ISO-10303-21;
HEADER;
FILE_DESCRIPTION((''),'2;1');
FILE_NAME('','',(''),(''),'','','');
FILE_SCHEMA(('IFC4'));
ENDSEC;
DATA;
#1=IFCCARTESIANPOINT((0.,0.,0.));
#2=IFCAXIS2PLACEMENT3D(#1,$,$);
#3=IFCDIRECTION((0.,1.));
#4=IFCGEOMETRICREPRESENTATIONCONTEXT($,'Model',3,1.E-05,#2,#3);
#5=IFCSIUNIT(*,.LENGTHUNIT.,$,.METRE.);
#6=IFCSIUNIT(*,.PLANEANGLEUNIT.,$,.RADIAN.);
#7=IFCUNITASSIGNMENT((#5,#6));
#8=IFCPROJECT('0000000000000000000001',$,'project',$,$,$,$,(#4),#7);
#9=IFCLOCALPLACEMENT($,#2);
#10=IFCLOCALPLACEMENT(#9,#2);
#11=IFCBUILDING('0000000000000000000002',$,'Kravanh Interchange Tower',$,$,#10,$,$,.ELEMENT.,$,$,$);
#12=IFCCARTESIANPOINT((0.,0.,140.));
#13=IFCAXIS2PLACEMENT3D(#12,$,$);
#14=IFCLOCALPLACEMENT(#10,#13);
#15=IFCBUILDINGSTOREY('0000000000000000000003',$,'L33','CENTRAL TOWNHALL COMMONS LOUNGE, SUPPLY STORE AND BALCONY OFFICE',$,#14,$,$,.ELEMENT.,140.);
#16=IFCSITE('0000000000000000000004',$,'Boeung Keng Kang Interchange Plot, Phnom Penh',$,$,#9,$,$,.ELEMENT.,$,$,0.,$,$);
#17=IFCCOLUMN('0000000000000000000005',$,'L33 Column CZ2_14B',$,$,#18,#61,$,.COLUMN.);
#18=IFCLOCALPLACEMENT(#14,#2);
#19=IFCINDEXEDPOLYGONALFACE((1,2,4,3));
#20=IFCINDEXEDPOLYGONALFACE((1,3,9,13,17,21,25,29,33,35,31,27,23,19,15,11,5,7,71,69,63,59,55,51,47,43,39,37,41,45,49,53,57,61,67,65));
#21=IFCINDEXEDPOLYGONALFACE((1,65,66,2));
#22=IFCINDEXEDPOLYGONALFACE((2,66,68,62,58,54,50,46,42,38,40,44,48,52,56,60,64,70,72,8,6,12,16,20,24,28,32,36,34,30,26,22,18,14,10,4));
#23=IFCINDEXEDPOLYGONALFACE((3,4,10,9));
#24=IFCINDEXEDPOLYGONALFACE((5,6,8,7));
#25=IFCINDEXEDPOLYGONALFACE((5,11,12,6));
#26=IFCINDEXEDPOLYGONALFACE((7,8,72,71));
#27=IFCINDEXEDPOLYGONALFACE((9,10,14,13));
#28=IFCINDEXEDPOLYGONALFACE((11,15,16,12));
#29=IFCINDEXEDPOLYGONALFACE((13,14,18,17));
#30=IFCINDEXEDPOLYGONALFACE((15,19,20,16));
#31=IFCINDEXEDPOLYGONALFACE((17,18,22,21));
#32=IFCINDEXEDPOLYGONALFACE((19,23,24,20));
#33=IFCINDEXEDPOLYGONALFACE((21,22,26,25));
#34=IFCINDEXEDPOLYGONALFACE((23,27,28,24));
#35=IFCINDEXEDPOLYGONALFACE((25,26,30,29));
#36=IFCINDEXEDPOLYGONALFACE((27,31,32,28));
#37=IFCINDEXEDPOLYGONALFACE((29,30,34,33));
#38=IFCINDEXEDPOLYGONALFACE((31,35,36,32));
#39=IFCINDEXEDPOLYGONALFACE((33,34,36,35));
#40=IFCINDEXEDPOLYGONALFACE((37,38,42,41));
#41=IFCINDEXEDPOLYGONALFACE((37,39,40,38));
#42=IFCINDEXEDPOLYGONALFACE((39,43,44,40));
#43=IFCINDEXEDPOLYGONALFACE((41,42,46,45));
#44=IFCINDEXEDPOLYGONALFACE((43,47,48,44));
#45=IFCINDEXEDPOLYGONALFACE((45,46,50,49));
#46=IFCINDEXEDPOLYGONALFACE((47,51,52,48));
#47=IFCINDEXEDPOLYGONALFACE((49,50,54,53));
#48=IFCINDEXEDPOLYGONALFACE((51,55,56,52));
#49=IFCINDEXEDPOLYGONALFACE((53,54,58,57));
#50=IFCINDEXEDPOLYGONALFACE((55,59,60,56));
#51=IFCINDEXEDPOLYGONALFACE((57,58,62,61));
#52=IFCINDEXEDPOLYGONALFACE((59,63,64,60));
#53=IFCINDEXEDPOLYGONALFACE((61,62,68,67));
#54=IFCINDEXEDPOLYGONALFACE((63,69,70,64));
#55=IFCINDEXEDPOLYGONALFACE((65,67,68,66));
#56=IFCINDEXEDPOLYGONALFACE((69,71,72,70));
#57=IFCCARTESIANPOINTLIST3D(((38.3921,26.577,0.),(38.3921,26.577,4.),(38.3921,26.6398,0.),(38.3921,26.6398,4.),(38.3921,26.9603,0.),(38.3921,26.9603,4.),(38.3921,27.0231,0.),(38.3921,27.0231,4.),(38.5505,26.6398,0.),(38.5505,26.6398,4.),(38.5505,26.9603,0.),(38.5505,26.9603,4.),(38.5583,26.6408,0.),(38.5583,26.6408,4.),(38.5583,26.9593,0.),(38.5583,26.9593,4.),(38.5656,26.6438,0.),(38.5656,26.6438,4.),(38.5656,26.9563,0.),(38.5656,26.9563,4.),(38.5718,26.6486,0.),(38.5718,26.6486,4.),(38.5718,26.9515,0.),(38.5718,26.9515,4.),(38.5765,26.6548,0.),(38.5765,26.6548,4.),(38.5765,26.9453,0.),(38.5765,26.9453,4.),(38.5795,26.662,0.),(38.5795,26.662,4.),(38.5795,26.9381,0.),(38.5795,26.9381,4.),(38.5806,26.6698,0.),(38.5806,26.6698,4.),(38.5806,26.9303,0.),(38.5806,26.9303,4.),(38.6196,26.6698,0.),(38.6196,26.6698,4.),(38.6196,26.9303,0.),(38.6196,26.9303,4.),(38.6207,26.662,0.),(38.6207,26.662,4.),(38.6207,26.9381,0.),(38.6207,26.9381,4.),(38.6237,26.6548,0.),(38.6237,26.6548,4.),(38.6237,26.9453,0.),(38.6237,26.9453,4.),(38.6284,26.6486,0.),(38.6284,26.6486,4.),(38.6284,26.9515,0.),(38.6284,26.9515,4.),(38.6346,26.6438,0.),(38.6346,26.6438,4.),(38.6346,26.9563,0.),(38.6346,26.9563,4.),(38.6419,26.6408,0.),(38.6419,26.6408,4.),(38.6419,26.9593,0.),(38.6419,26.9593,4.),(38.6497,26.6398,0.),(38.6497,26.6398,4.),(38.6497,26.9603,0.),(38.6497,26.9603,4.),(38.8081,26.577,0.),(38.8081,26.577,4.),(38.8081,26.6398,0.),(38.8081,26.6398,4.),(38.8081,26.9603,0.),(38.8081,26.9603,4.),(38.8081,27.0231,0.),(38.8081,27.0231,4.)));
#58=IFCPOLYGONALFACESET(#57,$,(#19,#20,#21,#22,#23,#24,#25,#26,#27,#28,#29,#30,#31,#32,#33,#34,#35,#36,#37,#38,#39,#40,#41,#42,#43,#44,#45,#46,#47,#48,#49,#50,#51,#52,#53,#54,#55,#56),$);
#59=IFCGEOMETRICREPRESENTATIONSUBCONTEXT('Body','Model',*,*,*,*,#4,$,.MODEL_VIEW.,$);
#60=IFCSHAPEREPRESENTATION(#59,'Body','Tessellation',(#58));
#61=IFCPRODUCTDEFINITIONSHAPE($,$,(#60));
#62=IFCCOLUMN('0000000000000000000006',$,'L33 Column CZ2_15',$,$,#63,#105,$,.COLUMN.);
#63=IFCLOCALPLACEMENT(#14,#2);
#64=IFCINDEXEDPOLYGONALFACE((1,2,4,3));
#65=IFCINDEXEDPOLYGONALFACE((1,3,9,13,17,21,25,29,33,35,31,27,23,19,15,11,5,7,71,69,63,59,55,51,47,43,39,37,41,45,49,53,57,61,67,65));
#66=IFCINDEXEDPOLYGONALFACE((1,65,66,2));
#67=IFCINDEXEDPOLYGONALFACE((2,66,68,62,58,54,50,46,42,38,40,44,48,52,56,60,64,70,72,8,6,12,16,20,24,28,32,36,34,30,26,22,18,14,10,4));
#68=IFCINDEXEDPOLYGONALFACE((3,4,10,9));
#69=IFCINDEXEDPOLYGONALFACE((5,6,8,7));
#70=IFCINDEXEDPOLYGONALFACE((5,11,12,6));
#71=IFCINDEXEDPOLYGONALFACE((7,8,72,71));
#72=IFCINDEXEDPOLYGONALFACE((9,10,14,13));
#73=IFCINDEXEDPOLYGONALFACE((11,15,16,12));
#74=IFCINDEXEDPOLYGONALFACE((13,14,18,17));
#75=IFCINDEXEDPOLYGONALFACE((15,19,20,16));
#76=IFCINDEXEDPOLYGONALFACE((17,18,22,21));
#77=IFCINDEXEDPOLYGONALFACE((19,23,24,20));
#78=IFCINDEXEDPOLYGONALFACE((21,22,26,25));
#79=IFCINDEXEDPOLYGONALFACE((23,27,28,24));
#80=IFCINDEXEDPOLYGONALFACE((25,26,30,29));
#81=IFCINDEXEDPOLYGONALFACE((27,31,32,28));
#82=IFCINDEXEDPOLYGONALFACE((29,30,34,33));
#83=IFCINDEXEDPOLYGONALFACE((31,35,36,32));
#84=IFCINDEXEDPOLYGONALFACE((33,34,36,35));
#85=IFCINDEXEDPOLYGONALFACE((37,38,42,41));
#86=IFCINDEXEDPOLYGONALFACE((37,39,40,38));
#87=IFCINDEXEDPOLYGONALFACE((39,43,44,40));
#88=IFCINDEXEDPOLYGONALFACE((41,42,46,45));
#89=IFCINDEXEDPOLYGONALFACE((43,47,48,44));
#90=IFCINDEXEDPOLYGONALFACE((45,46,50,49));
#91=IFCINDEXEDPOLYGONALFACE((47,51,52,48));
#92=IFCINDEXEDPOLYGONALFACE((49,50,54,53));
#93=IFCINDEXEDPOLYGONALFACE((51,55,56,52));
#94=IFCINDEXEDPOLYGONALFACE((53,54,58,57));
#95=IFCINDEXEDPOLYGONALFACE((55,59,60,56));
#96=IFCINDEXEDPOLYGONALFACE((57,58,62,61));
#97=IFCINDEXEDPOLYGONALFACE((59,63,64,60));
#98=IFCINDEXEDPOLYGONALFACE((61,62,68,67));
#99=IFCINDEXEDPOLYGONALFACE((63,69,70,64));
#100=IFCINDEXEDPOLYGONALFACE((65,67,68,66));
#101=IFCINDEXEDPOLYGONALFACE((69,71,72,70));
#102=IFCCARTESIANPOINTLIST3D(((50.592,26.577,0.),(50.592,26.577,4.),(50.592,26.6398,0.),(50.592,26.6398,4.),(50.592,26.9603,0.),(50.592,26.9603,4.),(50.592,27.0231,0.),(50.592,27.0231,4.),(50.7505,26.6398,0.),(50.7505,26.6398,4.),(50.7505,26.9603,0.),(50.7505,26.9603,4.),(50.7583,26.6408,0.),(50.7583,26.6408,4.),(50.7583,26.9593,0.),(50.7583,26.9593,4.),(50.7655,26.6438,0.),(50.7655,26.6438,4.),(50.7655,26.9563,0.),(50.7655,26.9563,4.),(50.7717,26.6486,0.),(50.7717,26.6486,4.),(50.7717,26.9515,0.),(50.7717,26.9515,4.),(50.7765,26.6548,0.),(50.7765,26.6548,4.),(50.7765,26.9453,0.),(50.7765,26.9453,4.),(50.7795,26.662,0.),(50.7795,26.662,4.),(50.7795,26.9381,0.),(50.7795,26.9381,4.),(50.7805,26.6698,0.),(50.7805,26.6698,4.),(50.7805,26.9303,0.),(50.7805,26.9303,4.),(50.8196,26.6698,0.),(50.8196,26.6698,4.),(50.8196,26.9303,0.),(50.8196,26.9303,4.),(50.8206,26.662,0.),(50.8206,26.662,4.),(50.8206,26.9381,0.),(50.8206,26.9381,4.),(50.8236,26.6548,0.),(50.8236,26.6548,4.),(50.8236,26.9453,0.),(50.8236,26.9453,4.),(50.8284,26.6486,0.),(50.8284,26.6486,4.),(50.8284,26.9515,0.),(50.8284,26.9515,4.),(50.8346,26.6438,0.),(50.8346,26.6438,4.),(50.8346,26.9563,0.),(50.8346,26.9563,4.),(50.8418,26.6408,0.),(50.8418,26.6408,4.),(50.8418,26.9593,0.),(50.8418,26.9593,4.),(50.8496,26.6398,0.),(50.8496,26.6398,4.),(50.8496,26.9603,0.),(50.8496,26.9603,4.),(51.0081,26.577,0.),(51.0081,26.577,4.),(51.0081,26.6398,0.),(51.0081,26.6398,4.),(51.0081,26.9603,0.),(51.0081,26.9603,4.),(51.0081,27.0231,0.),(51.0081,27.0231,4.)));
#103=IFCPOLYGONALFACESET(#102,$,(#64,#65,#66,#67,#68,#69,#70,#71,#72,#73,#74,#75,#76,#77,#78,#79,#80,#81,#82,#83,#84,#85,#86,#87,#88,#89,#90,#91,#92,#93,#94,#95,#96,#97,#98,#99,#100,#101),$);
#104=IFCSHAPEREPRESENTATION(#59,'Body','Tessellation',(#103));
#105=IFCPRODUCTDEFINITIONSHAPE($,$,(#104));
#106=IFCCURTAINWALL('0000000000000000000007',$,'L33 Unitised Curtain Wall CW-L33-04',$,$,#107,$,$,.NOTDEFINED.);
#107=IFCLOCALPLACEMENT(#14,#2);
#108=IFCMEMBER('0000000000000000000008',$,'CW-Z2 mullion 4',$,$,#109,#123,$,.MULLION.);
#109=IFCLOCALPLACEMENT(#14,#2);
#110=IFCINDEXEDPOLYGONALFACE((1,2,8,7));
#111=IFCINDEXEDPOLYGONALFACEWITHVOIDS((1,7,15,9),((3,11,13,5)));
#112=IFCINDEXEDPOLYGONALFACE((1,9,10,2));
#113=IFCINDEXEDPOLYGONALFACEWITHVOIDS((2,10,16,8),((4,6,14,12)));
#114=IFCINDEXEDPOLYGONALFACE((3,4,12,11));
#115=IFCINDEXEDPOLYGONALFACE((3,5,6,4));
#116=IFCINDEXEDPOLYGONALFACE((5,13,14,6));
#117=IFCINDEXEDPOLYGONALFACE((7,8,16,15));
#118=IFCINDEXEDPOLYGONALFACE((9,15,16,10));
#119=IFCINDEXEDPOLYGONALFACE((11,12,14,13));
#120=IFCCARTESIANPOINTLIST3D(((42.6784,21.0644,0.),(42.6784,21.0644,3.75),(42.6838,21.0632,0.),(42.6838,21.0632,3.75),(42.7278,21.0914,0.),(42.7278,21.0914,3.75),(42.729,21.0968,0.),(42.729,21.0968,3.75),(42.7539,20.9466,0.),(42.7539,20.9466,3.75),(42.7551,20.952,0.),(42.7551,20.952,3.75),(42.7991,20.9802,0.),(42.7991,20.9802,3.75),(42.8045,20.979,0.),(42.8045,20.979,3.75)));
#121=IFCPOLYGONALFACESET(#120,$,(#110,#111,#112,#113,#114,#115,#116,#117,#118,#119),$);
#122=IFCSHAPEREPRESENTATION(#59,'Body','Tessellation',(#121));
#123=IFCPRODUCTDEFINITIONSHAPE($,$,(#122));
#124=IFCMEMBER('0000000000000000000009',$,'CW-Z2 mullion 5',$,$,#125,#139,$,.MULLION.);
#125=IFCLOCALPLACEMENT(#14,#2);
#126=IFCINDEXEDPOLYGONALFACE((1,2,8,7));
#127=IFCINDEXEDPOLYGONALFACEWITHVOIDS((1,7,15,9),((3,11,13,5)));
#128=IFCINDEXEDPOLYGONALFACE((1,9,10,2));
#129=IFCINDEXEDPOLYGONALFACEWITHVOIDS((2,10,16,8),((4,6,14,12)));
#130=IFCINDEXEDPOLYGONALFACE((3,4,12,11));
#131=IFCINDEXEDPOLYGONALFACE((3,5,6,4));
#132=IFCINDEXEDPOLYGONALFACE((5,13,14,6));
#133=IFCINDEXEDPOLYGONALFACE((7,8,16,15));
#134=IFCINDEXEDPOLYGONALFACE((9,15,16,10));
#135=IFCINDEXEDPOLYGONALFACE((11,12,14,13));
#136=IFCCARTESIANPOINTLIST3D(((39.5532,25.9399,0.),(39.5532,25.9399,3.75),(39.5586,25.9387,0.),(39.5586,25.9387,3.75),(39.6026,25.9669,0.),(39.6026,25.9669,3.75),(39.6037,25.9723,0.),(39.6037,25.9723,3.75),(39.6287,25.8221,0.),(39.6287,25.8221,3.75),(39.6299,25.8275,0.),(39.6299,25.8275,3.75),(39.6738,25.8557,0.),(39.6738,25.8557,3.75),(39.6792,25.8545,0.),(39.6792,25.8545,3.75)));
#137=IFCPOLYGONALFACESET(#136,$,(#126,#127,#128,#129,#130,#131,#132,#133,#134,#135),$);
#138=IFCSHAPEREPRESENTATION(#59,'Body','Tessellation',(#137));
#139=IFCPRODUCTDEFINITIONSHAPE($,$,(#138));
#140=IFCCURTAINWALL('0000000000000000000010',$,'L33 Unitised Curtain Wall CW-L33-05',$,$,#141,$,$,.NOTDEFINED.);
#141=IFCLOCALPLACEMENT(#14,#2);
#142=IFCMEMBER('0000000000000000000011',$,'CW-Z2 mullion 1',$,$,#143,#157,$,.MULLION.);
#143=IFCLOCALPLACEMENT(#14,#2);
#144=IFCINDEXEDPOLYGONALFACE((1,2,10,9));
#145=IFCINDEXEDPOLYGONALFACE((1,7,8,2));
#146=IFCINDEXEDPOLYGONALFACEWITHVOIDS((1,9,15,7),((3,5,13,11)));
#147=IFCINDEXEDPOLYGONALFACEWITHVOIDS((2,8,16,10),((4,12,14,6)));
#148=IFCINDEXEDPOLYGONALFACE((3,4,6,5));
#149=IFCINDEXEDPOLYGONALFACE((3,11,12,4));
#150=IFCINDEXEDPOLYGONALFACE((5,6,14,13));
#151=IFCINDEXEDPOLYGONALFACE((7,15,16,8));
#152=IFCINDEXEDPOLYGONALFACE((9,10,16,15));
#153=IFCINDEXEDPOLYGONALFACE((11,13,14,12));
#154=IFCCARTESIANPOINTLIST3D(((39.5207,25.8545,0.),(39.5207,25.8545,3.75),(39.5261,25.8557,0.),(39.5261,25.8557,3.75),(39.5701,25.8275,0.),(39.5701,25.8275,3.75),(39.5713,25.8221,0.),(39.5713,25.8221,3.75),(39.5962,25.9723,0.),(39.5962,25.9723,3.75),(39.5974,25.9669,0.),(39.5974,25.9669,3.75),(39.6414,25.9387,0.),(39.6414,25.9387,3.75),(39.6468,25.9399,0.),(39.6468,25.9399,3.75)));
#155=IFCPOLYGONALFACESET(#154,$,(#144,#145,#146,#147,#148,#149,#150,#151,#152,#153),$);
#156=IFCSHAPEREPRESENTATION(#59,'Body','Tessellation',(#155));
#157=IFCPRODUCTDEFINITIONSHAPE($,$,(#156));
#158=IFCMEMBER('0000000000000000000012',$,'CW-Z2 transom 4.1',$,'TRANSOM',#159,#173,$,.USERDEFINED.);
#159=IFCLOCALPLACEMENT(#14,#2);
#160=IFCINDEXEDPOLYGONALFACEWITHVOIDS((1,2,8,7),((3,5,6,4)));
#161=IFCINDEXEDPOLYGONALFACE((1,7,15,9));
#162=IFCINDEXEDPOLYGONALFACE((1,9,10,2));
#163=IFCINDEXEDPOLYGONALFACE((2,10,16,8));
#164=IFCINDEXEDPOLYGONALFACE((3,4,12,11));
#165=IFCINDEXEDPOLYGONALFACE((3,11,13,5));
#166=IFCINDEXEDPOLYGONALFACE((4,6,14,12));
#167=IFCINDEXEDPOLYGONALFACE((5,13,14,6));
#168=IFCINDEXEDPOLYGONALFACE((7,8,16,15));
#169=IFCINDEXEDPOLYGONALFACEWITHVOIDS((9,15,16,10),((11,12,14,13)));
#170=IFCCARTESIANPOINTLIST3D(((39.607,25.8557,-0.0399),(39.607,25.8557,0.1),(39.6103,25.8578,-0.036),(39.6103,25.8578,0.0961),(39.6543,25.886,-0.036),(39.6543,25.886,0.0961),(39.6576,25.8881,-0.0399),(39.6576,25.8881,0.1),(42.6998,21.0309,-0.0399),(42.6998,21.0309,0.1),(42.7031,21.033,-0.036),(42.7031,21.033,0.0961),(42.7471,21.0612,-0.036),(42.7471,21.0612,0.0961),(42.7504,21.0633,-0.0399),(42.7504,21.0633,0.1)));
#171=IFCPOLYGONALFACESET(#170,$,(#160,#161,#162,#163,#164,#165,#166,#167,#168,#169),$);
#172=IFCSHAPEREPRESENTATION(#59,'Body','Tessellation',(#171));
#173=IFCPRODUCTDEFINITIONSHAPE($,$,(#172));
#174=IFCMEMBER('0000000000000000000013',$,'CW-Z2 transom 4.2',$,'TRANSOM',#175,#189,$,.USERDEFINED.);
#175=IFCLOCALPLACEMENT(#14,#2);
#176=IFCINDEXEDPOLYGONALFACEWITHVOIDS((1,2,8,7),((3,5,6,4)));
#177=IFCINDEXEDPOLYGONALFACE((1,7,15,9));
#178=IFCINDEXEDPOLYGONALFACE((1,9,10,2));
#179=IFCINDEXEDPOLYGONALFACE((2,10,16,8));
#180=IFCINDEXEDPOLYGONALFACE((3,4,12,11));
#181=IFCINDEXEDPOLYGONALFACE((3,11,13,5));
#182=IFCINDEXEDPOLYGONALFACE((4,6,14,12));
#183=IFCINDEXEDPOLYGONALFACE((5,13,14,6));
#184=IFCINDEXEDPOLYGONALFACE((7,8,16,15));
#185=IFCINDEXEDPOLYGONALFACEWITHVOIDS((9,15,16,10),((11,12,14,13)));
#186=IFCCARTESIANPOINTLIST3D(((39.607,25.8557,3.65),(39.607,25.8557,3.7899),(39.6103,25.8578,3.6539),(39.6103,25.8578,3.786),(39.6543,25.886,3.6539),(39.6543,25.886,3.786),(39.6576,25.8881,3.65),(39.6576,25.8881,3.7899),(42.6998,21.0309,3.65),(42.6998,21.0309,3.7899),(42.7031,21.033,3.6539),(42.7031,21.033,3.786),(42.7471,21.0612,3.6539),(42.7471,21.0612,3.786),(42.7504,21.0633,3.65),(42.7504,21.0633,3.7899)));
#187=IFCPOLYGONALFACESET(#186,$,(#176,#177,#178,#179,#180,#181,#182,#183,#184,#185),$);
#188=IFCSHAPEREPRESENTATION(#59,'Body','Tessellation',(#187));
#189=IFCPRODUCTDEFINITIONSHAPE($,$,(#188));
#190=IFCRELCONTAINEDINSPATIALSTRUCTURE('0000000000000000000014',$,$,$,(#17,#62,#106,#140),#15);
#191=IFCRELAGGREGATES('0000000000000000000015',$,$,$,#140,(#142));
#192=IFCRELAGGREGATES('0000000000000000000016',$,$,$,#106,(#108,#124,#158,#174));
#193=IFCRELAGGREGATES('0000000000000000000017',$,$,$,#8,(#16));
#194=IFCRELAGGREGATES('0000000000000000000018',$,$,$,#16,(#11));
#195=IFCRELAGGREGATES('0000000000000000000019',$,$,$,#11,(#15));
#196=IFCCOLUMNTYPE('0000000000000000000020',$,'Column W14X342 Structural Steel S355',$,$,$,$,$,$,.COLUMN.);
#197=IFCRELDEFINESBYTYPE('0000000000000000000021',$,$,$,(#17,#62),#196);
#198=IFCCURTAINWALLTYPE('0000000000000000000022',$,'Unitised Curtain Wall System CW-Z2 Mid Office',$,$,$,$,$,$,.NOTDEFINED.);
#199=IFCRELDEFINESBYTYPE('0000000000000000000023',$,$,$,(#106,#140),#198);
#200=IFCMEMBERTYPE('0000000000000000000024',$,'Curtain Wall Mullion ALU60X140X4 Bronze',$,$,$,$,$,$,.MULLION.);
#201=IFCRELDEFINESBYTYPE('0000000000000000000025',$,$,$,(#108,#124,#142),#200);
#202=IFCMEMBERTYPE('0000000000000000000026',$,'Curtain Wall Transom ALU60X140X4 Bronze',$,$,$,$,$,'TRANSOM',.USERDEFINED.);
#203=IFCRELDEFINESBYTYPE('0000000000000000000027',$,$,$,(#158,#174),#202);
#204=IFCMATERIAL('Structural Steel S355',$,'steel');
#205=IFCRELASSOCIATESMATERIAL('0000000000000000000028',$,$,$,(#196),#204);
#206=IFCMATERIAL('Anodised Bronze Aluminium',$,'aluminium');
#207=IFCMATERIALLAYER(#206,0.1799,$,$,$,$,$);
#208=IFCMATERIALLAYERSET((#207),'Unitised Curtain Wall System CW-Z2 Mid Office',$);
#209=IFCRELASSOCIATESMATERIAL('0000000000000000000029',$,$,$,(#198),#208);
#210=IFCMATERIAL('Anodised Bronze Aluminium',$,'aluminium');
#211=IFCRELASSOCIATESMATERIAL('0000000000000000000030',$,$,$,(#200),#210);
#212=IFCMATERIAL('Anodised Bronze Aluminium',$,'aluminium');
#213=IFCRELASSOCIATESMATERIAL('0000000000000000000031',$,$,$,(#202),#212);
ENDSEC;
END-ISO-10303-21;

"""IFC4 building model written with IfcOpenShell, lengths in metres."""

from ifc_helpers import new_model, si_unit, direction, frame, origin, origin_2d, place, context, subcontext, project, spatial, hollow_rectangle, i_section, extrude, material, layer, layer_set, material_profile, profile_set, type_object, element, aggregate, save


model = new_model("IFC4")

# Units and contexts
model_context = context("Model", 3, precision=1e-05, world=origin(), true_north=direction((0.0, 1.0)))
body_context = subcontext(model_context, "Body", "Model", "MODEL_VIEW")
ifc_project = project(units=[si_unit("LENGTHUNIT", "METRE"), si_unit("PLANEANGLEUNIT", "RADIAN")], contexts=[model_context])

# Site, building, storey
site_placement = place(None, origin())
site = spatial("IfcSite", under=ifc_project, at=site_placement, Name="Boeung Keng Kang Interchange Plot, Phnom Penh", CompositionType="ELEMENT", RefElevation=0.0)
building_placement = place(site_placement, origin())
building = spatial("IfcBuilding", under=site, at=building_placement, Name="Kravanh Interchange Tower", CompositionType="ELEMENT")
storey_placement = place(building_placement, frame((0.0, 0.0, 140.0)))
storey = spatial("IfcBuildingStorey", under=building, at=storey_placement, Name="L33", Description="CENTRAL TOWNHALL COMMONS LOUNGE, SUPPLY STORE AND BALCONY OFFICE", CompositionType="ELEMENT", Elevation=140.0)

# Columns
ifc_material_1 = material(Name="Structural Steel S355", Category="steel")
ifc_material_profile_1 = material_profile(ifc_material_1, i_section(OverallWidth=0.416, OverallDepth=0.446, WebThickness=0.0391, FlangeThickness=0.0627, FilletRadius=0.03, at=origin_2d()), Name="W14X342")
ifc_profile_set_1 = profile_set([ifc_material_profile_1], Name="Structural Steel S355")
column_type = type_object("IfcColumnType", Name="Column W14X342 Structural Steel S355", PredefinedType="COLUMN", material=ifc_profile_set_1)
for number, where, z_axis, x_axis, name in (
    (1, (38.6001, 26.8, 0.0), (0.0, 0.0, 1.0), (1.0, 0.0, 0.0), "L33 Column CZ2_14B"),
    (2, (50.8, 26.8, 0.0), (0.0, 0.0, 1.0), (1.0, 0.0, 0.0), "L33 Column CZ2_15"),
):
    element("IfcColumn", number, at=place(storey_placement, frame(where, z_axis=z_axis, x_axis=x_axis)), inside=storey, type_object=column_type, Name=name, PredefinedType="COLUMN", context=body_context, shape_type="SweptSolid", body=[
        extrude(i_section(OverallWidth=0.416, OverallDepth=0.446, WebThickness=0.0391, FlangeThickness=0.0627, FilletRadius=0.03, at=origin_2d()), origin(), (0.0, 0.0, 1.0), 4.0),
    ])

# Curtain wall, members
ifc_material_2 = material(Name="Anodised Bronze Aluminium", Category="aluminium")
ifc_layer_1 = layer(ifc_material_2, 0.1799)
ifc_layer_set_1 = layer_set([ifc_layer_1], Name="Unitised Curtain Wall System CW-Z2 Mid Office")
curtain_wall_type = type_object("IfcCurtainWallType", Name="Unitised Curtain Wall System CW-Z2 Mid Office", PredefinedType="NOTDEFINED", material=ifc_layer_set_1)
curtain_wall_1_placement = place(storey_placement, origin())
curtain_wall_1 = element("IfcCurtainWall", 3, at=curtain_wall_1_placement, inside=storey, type_object=curtain_wall_type, Name="L33 Unitised Curtain Wall CW-L33-04", PredefinedType="NOTDEFINED")
ifc_material_3 = material(Name="Anodised Bronze Aluminium", Category="aluminium")
ifc_material_profile_2 = material_profile(ifc_material_3, hollow_rectangle(XDim=0.0601, YDim=0.1399, WallThickness=0.0039, at=origin_2d()), Name="ALU60X140X4")
ifc_profile_set_2 = profile_set([ifc_material_profile_2], Name="Anodised Bronze Aluminium")
member_type_1 = type_object("IfcMemberType", Name="Curtain Wall Mullion ALU60X140X4 Bronze", PredefinedType="MULLION", material=ifc_profile_set_2)
member_1_placement = place(storey_placement, frame((42.7415, 21.0217, 0.0), z_axis=(0.0, 0.0, 1.0), x_axis=(-0.84188, -0.539665, 0.0)))
member_1 = element("IfcMember", 4, at=member_1_placement, type_object=member_type_1, Name="CW-Z2 mullion 4", PredefinedType="MULLION", context=body_context, shape_type="SweptSolid", body=[
    extrude(hollow_rectangle(XDim=0.0601, YDim=0.1399, WallThickness=0.0039, at=origin_2d()), origin(), (0.0, 0.0, 1.0), 3.75),
])
member_2_placement = place(storey_placement, frame((39.6162, 25.8972, 0.0), z_axis=(0.0, 0.0, 1.0), x_axis=(-0.84188, -0.539665, 0.0)))
member_2 = element("IfcMember", 5, at=member_2_placement, type_object=member_type_1, Name="CW-Z2 mullion 5", PredefinedType="MULLION", context=body_context, shape_type="SweptSolid", body=[
    extrude(hollow_rectangle(XDim=0.0601, YDim=0.1399, WallThickness=0.0039, at=origin_2d()), origin(), (0.0, 0.0, 1.0), 3.75),
])

# Curtain wall, member
curtain_wall_2_placement = place(storey_placement, origin())
curtain_wall_2 = element("IfcCurtainWall", 6, at=curtain_wall_2_placement, inside=storey, type_object=curtain_wall_type, Name="L33 Unitised Curtain Wall CW-L33-05", PredefinedType="NOTDEFINED")
member_3_placement = place(storey_placement, frame((39.5837, 25.8972, 0.0), z_axis=(0.0, 0.0, 1.0), x_axis=(0.84188, -0.539665, 0.0)))
member_3 = element("IfcMember", 7, at=member_3_placement, type_object=member_type_1, Name="CW-Z2 mullion 1", PredefinedType="MULLION", context=body_context, shape_type="SweptSolid", body=[
    extrude(hollow_rectangle(XDim=0.0601, YDim=0.1399, WallThickness=0.0039, at=origin_2d()), origin(), (0.0, 0.0, 1.0), 3.75),
])

# Members
ifc_material_4 = material(Name="Anodised Bronze Aluminium", Category="aluminium")
ifc_material_profile_3 = material_profile(ifc_material_4, hollow_rectangle(XDim=0.0601, YDim=0.1399, WallThickness=0.0039, at=origin_2d()), Name="ALU60X140X4")
ifc_profile_set_3 = profile_set([ifc_material_profile_3], Name="Anodised Bronze Aluminium")
member_type_2 = type_object("IfcMemberType", Name="Curtain Wall Transom ALU60X140X4 Bronze", ElementType="TRANSOM", PredefinedType="USERDEFINED", material=ifc_profile_set_3)
member_4_placement = place(storey_placement, frame((42.7251, 21.0471, 0.03), z_axis=(-0.539668, 0.841878, 0.0), x_axis=(-0.841878, -0.539668, 0.0)))
member_4 = element("IfcMember", 8, at=member_4_placement, type_object=member_type_2, Name="CW-Z2 transom 4.1", ObjectType="TRANSOM", PredefinedType="USERDEFINED", context=body_context, shape_type="SweptSolid", body=[
    extrude(hollow_rectangle(XDim=0.0601, YDim=0.1399, WallThickness=0.0039, at=origin_2d()), origin(), (0.0, 0.0, 1.0), 5.731),
])
member_5_placement = place(storey_placement, frame((42.7251, 21.0471, 3.72), z_axis=(-0.539668, 0.841878, 0.0), x_axis=(-0.841878, -0.539668, 0.0)))
member_5 = element("IfcMember", 9, at=member_5_placement, type_object=member_type_2, Name="CW-Z2 transom 4.2", ObjectType="TRANSOM", PredefinedType="USERDEFINED", context=body_context, shape_type="SweptSolid", body=[
    extrude(hollow_rectangle(XDim=0.0601, YDim=0.1399, WallThickness=0.0039, at=origin_2d()), origin(), (0.0, 0.0, 1.0), 5.731),
])
aggregate(curtain_wall_2, [member_3])

aggregate(curtain_wall_1, [member_1, member_2, member_4, member_5])

save(model, "model.ifc")
